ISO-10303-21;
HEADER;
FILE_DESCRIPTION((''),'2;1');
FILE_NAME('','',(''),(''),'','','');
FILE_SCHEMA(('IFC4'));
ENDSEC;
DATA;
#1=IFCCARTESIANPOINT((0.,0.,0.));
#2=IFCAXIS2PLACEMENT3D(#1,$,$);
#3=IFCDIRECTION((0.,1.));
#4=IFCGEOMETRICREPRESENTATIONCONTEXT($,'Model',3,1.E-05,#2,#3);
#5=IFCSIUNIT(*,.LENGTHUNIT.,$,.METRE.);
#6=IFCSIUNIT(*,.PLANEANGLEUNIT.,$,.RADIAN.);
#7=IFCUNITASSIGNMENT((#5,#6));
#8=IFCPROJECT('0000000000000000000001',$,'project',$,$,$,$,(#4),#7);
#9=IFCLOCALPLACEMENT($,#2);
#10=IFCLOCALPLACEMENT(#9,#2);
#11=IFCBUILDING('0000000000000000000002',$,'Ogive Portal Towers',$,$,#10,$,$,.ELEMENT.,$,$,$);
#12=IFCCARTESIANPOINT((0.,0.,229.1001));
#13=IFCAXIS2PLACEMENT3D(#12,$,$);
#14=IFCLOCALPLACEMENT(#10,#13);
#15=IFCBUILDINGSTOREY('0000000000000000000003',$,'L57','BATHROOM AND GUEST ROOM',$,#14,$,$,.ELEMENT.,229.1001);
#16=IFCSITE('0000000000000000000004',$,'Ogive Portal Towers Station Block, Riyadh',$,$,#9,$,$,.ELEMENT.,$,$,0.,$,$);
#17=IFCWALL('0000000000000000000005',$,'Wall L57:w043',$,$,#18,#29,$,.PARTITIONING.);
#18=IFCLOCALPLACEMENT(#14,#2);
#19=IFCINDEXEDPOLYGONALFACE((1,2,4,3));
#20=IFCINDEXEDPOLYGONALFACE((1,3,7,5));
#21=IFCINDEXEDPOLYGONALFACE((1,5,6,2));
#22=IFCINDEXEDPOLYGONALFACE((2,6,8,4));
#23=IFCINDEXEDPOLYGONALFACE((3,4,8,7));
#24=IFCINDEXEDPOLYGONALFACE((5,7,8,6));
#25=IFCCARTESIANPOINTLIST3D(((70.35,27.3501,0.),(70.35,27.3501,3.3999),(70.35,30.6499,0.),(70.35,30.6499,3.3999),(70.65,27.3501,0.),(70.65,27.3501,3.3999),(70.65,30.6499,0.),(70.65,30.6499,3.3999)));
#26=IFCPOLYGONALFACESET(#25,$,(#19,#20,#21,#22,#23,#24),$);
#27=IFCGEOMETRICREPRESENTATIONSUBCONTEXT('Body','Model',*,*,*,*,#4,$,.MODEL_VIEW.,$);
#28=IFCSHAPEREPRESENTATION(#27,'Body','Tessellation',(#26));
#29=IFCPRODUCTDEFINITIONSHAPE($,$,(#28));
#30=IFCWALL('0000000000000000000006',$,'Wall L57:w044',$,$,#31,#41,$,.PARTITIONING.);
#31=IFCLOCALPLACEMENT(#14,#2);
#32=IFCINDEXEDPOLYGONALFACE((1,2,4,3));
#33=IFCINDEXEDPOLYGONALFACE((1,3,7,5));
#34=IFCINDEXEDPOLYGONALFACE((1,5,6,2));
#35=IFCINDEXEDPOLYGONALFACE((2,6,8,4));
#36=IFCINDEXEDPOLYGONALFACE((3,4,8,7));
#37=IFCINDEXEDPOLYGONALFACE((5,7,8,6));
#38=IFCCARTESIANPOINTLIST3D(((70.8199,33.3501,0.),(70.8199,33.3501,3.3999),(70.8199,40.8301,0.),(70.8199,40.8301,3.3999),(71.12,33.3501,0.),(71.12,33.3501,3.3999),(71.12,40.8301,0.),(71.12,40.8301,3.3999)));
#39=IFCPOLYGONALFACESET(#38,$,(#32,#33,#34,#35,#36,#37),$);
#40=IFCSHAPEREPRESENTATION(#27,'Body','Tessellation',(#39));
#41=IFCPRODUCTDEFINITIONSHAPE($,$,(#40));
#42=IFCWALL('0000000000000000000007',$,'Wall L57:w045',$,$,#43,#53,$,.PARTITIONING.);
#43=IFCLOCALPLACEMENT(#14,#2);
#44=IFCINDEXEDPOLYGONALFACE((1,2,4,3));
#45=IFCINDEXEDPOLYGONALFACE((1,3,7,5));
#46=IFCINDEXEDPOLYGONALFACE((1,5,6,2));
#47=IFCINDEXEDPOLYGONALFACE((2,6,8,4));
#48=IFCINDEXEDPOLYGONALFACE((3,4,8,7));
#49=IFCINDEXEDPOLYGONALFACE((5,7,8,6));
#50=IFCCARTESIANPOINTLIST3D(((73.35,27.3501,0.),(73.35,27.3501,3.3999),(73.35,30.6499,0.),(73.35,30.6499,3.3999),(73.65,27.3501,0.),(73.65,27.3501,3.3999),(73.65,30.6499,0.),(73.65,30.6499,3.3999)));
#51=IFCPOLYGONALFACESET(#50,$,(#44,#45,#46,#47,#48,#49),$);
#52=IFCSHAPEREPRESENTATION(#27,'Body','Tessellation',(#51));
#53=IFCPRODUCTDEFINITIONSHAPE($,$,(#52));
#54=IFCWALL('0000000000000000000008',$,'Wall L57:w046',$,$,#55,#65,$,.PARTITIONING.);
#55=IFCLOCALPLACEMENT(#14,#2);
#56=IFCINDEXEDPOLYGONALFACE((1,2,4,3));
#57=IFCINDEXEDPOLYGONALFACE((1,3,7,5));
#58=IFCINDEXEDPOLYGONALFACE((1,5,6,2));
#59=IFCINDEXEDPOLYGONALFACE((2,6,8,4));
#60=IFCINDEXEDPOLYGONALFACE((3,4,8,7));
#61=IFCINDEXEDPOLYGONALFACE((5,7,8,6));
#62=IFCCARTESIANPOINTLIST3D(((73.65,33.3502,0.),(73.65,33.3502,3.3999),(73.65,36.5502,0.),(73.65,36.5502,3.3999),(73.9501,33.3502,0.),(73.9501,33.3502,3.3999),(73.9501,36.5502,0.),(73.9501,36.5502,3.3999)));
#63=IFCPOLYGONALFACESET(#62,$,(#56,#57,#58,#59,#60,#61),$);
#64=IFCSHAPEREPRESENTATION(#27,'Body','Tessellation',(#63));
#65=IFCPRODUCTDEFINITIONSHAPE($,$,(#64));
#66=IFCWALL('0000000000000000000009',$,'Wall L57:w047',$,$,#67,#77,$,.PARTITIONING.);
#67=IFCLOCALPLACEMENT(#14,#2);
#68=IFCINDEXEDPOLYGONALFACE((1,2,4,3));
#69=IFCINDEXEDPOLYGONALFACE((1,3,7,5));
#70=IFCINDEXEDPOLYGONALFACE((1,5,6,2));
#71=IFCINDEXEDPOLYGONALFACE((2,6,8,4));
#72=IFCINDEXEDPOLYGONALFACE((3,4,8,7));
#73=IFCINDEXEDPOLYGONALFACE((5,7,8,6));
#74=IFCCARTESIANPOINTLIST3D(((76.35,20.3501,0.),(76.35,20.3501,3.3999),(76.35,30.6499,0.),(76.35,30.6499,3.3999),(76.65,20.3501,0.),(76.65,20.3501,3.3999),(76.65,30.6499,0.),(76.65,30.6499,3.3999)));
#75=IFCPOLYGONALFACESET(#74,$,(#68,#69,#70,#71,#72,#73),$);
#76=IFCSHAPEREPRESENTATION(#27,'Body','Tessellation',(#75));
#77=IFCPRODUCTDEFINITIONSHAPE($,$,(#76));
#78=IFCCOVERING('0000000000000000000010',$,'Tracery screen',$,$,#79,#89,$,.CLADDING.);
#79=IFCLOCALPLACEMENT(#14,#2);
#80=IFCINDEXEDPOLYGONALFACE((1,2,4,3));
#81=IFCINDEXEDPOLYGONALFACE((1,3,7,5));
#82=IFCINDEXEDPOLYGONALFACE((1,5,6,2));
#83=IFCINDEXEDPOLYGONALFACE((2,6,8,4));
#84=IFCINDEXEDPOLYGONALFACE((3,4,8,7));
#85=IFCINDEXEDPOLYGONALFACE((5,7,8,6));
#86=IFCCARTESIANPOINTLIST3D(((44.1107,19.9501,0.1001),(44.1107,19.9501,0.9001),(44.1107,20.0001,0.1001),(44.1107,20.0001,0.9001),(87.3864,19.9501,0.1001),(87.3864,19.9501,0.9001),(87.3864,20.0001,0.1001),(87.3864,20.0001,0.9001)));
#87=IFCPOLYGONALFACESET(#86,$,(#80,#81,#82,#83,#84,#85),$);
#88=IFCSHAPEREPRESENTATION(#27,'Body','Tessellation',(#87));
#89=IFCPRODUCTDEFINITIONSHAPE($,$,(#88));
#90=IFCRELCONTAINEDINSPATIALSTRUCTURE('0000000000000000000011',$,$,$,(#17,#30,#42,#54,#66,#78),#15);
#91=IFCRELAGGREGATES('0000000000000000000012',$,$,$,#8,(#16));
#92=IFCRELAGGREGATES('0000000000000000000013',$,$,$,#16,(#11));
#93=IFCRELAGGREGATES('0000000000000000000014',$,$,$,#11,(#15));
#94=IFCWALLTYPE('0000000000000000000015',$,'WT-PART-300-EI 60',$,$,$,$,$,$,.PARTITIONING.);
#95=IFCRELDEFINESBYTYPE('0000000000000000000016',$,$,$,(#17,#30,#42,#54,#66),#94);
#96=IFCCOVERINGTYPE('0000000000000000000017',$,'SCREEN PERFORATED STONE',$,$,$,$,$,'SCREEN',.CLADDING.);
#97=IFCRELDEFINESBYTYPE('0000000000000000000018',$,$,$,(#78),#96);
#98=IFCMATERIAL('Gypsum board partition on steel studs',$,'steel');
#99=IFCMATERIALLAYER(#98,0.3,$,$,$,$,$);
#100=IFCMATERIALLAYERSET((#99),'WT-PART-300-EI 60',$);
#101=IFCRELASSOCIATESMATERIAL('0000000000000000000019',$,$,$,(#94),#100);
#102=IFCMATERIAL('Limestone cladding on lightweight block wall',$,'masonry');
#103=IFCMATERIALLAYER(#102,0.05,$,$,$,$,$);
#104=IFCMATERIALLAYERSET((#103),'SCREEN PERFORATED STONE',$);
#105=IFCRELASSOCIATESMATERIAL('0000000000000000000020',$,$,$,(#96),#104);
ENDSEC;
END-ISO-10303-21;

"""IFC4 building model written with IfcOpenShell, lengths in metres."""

from ifc_helpers import new_model, si_unit, direction, frame, frame_2d, origin, origin_2d, place, context, subcontext, project, spatial, rectangle, extrude, material, layer, layer_set, type_object, element, save


model = new_model("IFC4")

# Units and contexts
model_context = context("Model", 3, precision=1e-05, world=origin(), true_north=direction((0.0, 1.0)))
body_context = subcontext(model_context, "Body", "Model", "MODEL_VIEW")
ifc_project = project(units=[si_unit("LENGTHUNIT", "METRE"), si_unit("PLANEANGLEUNIT", "RADIAN")], contexts=[model_context])

# Site, building, storey
site_placement = place(None, origin())
site = spatial("IfcSite", under=ifc_project, at=site_placement, Name="Ogive Portal Towers Station Block, Riyadh", CompositionType="ELEMENT", RefElevation=0.0)
building_placement = place(site_placement, origin())
building = spatial("IfcBuilding", under=site, at=building_placement, Name="Ogive Portal Towers", CompositionType="ELEMENT")
storey_placement = place(building_placement, frame((0.0, 0.0, 229.1001)))
storey = spatial("IfcBuildingStorey", under=building, at=storey_placement, Name="L57", Description="BATHROOM AND GUEST ROOM", CompositionType="ELEMENT", Elevation=229.1001)

# Shared definitions
ifc_material_1 = material(Name="Gypsum board partition on steel studs", Category="steel")
ifc_layer_1 = layer(ifc_material_1, 0.3)
ifc_layer_set_1 = layer_set([ifc_layer_1], Name="WT-PART-300-EI 60")
wall_type = type_object("IfcWallType", Name="WT-PART-300-EI 60", PredefinedType="PARTITIONING", material=ifc_layer_set_1)

# Walls
wall_1_placement = place(storey_placement, frame((70.5, 27.3501, 0.0), z_axis=(0.0, 0.0, 1.0), x_axis=(0.0, 1.0, 0.0)))
element("IfcWall", 1, at=wall_1_placement, inside=storey, type_object=wall_type, Name="Wall L57:w043", PredefinedType="PARTITIONING", context=body_context, shape_type="SweptSolid", body=[
    extrude(rectangle(XDim=3.2998, YDim=0.3, at=frame_2d((1.6499, 0.0))), origin(), (0.0, 0.0, 1.0), 3.3999),
])
wall_2_placement = place(storey_placement, frame((70.97, 33.3501, 0.0), z_axis=(0.0, 0.0, 1.0), x_axis=(0.0, 1.0, 0.0)))
element("IfcWall", 2, at=wall_2_placement, inside=storey, type_object=wall_type, Name="Wall L57:w044", PredefinedType="PARTITIONING", context=body_context, shape_type="SweptSolid", body=[
    extrude(rectangle(XDim=7.48, YDim=0.3, at=frame_2d((3.74, 0.0))), origin(), (0.0, 0.0, 1.0), 3.3999),
])
wall_3_placement = place(storey_placement, frame((73.5, 27.3501, 0.0), z_axis=(0.0, 0.0, 1.0), x_axis=(0.0, 1.0, 0.0)))
element("IfcWall", 3, at=wall_3_placement, inside=storey, type_object=wall_type, Name="Wall L57:w045", PredefinedType="PARTITIONING", context=body_context, shape_type="SweptSolid", body=[
    extrude(rectangle(XDim=3.2998, YDim=0.3, at=frame_2d((1.6499, 0.0))), origin(), (0.0, 0.0, 1.0), 3.3999),
])
wall_4_placement = place(storey_placement, frame((73.8, 33.3501, 0.0), z_axis=(0.0, 0.0, 1.0), x_axis=(0.0, 1.0, 0.0)))
element("IfcWall", 4, at=wall_4_placement, inside=storey, type_object=wall_type, Name="Wall L57:w046", PredefinedType="PARTITIONING", context=body_context, shape_type="SweptSolid", body=[
    extrude(rectangle(XDim=3.2, YDim=0.3, at=frame_2d((1.6001, 0.0))), origin(), (0.0, 0.0, 1.0), 3.3999),
])
wall_5_placement = place(storey_placement, frame((76.5, 20.3501, 0.0), z_axis=(0.0, 0.0, 1.0), x_axis=(0.0, 1.0, 0.0)))
element("IfcWall", 5, at=wall_5_placement, inside=storey, type_object=wall_type, Name="Wall L57:w047", PredefinedType="PARTITIONING", context=body_context, shape_type="SweptSolid", body=[
    extrude(rectangle(XDim=10.2998, YDim=0.3, at=frame_2d((5.1499, 0.0))), origin(), (0.0, 0.0, 1.0), 3.3999),
])

# Covering
ifc_material_2 = material(Name="Limestone cladding on lightweight block wall", Category="masonry")
ifc_layer_2 = layer(ifc_material_2, 0.05)
ifc_layer_set_2 = layer_set([ifc_layer_2], Name="SCREEN PERFORATED STONE")
covering_type = type_object("IfcCoveringType", Name="SCREEN PERFORATED STONE", ElementType="SCREEN", PredefinedType="CLADDING", material=ifc_layer_set_2)
covering_placement = place(storey_placement, frame((65.7485, 19.9751, 0.1001), z_axis=(0.0, 0.0, 1.0), x_axis=(1.0, 0.0, 0.0)))
element("IfcCovering", 6, at=covering_placement, inside=storey, type_object=covering_type, Name="Tracery screen", PredefinedType="CLADDING", context=body_context, shape_type="SweptSolid", body=[
    extrude(rectangle(XDim=43.2756, YDim=0.05, at=origin_2d()), origin(), (0.0, 0.0, 1.0), 0.8),
])

save(model, "model.ifc")
